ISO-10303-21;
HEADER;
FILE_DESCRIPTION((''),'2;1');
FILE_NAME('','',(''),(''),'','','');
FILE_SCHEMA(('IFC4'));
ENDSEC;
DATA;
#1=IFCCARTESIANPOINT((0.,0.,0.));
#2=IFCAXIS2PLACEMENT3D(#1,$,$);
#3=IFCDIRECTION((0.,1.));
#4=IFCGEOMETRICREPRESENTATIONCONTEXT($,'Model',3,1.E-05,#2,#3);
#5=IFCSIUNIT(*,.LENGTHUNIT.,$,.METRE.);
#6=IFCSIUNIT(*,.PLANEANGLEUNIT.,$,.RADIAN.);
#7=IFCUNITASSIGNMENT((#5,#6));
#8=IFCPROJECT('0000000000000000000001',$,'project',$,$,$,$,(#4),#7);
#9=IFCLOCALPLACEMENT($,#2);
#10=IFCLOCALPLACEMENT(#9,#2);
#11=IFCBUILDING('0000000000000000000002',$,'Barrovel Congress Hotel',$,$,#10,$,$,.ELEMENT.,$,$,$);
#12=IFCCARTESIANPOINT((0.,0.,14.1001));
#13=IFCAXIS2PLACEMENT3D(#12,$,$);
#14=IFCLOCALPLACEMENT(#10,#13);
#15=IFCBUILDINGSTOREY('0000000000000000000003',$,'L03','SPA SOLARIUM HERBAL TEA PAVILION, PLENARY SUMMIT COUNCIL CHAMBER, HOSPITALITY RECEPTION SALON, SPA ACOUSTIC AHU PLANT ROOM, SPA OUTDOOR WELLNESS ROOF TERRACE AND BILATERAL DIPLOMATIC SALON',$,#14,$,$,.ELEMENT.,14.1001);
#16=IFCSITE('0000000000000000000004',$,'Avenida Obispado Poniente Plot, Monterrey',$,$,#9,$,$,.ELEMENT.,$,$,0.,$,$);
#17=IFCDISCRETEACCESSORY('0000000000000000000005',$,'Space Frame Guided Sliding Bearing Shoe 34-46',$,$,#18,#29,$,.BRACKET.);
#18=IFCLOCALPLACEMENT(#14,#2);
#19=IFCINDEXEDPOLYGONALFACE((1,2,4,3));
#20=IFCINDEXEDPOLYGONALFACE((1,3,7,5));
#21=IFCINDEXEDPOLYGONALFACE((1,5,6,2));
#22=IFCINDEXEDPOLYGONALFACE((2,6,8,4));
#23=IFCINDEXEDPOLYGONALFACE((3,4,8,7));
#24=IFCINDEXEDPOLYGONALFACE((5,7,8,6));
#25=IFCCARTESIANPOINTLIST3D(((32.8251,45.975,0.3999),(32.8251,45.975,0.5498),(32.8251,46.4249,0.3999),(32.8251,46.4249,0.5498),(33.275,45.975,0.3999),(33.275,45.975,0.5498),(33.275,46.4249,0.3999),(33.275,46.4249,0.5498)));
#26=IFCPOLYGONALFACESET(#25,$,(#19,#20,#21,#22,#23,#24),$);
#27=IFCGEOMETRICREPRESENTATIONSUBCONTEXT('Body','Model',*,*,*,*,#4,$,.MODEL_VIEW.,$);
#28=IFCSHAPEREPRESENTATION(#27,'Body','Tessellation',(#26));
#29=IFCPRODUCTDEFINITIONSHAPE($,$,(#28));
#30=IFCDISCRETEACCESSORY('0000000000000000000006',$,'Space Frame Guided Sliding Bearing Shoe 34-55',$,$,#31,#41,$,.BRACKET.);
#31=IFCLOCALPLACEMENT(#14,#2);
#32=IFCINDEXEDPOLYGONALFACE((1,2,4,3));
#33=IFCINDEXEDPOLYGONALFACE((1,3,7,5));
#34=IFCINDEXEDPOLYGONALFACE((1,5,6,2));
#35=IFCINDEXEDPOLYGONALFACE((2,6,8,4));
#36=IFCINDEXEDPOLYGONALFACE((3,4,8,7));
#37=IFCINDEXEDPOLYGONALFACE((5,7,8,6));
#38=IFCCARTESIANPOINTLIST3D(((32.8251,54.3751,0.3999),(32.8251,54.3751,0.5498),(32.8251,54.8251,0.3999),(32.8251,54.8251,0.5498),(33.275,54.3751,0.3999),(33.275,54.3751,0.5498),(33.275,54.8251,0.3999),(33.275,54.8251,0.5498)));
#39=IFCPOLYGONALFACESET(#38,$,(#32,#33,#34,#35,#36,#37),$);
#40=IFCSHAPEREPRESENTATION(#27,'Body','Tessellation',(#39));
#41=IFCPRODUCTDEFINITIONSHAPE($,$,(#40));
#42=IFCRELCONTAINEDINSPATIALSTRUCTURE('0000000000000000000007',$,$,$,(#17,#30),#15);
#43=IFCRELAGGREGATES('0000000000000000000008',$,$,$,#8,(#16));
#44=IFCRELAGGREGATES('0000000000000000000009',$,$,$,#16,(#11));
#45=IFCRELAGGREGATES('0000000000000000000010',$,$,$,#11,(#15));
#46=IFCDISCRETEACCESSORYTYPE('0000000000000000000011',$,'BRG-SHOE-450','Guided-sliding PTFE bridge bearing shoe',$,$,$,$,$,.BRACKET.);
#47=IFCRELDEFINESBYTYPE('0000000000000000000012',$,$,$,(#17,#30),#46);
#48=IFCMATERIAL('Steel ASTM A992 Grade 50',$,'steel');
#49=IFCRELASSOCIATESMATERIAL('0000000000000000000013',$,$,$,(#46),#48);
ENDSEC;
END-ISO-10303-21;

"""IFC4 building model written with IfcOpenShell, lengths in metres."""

from ifc_helpers import new_model, si_unit, direction, frame, origin, origin_2d, place, context, subcontext, project, spatial, rectangle, extrude, material, type_object, element, save


model = new_model("IFC4")

# Units and contexts
model_context = context("Model", 3, precision=1e-05, world=origin(), true_north=direction((0.0, 1.0)))
body_context = subcontext(model_context, "Body", "Model", "MODEL_VIEW")
ifc_project = project(units=[si_unit("LENGTHUNIT", "METRE"), si_unit("PLANEANGLEUNIT", "RADIAN")], contexts=[model_context])

# Site, building, storey
site_placement = place(None, origin())
site = spatial("IfcSite", under=ifc_project, at=site_placement, Name="Avenida Obispado Poniente Plot, Monterrey", CompositionType="ELEMENT", RefElevation=0.0)
building_placement = place(site_placement, origin())
building = spatial("IfcBuilding", under=site, at=building_placement, Name="Barrovel Congress Hotel", CompositionType="ELEMENT")
storey_placement = place(building_placement, frame((0.0, 0.0, 14.1001)))
storey = spatial("IfcBuildingStorey", under=building, at=storey_placement, Name="L03", Description="SPA SOLARIUM HERBAL TEA PAVILION, PLENARY SUMMIT COUNCIL CHAMBER, HOSPITALITY RECEPTION SALON, SPA ACOUSTIC AHU PLANT ROOM, SPA OUTDOOR WELLNESS ROOF TERRACE AND BILATERAL DIPLOMATIC SALON", CompositionType="ELEMENT", Elevation=14.1001)

# Shared definitions
ifc_material_1 = material(Name="Steel ASTM A992 Grade 50", Category="steel")

# Discrete accessories
discrete_accessory_type = type_object("IfcDiscreteAccessoryType", Name="BRG-SHOE-450", Description="Guided-sliding PTFE bridge bearing shoe", PredefinedType="BRACKET", material=ifc_material_1)
for number, where, z_axis, x_axis, name in (
    (1, (33.05, 46.2, 0.3999), (0.0, 0.0, 1.0), (1.0, 0.0, 0.0), "Space Frame Guided Sliding Bearing Shoe 34-46"),
    (2, (33.05, 54.6001, 0.3999), (0.0, 0.0, 1.0), (1.0, 0.0, 0.0), "Space Frame Guided Sliding Bearing Shoe 34-55"),
):
    element("IfcDiscreteAccessory", number, at=place(storey_placement, frame(where, z_axis=z_axis, x_axis=x_axis)), inside=storey, type_object=discrete_accessory_type, Name=name, PredefinedType="BRACKET", context=body_context, shape_type="SweptSolid", body=[
        extrude(rectangle(XDim=0.45, YDim=0.45, at=origin_2d()), origin(), (0.0, 0.0, 1.0), 0.1499),
    ])

save(model, "model.ifc")
